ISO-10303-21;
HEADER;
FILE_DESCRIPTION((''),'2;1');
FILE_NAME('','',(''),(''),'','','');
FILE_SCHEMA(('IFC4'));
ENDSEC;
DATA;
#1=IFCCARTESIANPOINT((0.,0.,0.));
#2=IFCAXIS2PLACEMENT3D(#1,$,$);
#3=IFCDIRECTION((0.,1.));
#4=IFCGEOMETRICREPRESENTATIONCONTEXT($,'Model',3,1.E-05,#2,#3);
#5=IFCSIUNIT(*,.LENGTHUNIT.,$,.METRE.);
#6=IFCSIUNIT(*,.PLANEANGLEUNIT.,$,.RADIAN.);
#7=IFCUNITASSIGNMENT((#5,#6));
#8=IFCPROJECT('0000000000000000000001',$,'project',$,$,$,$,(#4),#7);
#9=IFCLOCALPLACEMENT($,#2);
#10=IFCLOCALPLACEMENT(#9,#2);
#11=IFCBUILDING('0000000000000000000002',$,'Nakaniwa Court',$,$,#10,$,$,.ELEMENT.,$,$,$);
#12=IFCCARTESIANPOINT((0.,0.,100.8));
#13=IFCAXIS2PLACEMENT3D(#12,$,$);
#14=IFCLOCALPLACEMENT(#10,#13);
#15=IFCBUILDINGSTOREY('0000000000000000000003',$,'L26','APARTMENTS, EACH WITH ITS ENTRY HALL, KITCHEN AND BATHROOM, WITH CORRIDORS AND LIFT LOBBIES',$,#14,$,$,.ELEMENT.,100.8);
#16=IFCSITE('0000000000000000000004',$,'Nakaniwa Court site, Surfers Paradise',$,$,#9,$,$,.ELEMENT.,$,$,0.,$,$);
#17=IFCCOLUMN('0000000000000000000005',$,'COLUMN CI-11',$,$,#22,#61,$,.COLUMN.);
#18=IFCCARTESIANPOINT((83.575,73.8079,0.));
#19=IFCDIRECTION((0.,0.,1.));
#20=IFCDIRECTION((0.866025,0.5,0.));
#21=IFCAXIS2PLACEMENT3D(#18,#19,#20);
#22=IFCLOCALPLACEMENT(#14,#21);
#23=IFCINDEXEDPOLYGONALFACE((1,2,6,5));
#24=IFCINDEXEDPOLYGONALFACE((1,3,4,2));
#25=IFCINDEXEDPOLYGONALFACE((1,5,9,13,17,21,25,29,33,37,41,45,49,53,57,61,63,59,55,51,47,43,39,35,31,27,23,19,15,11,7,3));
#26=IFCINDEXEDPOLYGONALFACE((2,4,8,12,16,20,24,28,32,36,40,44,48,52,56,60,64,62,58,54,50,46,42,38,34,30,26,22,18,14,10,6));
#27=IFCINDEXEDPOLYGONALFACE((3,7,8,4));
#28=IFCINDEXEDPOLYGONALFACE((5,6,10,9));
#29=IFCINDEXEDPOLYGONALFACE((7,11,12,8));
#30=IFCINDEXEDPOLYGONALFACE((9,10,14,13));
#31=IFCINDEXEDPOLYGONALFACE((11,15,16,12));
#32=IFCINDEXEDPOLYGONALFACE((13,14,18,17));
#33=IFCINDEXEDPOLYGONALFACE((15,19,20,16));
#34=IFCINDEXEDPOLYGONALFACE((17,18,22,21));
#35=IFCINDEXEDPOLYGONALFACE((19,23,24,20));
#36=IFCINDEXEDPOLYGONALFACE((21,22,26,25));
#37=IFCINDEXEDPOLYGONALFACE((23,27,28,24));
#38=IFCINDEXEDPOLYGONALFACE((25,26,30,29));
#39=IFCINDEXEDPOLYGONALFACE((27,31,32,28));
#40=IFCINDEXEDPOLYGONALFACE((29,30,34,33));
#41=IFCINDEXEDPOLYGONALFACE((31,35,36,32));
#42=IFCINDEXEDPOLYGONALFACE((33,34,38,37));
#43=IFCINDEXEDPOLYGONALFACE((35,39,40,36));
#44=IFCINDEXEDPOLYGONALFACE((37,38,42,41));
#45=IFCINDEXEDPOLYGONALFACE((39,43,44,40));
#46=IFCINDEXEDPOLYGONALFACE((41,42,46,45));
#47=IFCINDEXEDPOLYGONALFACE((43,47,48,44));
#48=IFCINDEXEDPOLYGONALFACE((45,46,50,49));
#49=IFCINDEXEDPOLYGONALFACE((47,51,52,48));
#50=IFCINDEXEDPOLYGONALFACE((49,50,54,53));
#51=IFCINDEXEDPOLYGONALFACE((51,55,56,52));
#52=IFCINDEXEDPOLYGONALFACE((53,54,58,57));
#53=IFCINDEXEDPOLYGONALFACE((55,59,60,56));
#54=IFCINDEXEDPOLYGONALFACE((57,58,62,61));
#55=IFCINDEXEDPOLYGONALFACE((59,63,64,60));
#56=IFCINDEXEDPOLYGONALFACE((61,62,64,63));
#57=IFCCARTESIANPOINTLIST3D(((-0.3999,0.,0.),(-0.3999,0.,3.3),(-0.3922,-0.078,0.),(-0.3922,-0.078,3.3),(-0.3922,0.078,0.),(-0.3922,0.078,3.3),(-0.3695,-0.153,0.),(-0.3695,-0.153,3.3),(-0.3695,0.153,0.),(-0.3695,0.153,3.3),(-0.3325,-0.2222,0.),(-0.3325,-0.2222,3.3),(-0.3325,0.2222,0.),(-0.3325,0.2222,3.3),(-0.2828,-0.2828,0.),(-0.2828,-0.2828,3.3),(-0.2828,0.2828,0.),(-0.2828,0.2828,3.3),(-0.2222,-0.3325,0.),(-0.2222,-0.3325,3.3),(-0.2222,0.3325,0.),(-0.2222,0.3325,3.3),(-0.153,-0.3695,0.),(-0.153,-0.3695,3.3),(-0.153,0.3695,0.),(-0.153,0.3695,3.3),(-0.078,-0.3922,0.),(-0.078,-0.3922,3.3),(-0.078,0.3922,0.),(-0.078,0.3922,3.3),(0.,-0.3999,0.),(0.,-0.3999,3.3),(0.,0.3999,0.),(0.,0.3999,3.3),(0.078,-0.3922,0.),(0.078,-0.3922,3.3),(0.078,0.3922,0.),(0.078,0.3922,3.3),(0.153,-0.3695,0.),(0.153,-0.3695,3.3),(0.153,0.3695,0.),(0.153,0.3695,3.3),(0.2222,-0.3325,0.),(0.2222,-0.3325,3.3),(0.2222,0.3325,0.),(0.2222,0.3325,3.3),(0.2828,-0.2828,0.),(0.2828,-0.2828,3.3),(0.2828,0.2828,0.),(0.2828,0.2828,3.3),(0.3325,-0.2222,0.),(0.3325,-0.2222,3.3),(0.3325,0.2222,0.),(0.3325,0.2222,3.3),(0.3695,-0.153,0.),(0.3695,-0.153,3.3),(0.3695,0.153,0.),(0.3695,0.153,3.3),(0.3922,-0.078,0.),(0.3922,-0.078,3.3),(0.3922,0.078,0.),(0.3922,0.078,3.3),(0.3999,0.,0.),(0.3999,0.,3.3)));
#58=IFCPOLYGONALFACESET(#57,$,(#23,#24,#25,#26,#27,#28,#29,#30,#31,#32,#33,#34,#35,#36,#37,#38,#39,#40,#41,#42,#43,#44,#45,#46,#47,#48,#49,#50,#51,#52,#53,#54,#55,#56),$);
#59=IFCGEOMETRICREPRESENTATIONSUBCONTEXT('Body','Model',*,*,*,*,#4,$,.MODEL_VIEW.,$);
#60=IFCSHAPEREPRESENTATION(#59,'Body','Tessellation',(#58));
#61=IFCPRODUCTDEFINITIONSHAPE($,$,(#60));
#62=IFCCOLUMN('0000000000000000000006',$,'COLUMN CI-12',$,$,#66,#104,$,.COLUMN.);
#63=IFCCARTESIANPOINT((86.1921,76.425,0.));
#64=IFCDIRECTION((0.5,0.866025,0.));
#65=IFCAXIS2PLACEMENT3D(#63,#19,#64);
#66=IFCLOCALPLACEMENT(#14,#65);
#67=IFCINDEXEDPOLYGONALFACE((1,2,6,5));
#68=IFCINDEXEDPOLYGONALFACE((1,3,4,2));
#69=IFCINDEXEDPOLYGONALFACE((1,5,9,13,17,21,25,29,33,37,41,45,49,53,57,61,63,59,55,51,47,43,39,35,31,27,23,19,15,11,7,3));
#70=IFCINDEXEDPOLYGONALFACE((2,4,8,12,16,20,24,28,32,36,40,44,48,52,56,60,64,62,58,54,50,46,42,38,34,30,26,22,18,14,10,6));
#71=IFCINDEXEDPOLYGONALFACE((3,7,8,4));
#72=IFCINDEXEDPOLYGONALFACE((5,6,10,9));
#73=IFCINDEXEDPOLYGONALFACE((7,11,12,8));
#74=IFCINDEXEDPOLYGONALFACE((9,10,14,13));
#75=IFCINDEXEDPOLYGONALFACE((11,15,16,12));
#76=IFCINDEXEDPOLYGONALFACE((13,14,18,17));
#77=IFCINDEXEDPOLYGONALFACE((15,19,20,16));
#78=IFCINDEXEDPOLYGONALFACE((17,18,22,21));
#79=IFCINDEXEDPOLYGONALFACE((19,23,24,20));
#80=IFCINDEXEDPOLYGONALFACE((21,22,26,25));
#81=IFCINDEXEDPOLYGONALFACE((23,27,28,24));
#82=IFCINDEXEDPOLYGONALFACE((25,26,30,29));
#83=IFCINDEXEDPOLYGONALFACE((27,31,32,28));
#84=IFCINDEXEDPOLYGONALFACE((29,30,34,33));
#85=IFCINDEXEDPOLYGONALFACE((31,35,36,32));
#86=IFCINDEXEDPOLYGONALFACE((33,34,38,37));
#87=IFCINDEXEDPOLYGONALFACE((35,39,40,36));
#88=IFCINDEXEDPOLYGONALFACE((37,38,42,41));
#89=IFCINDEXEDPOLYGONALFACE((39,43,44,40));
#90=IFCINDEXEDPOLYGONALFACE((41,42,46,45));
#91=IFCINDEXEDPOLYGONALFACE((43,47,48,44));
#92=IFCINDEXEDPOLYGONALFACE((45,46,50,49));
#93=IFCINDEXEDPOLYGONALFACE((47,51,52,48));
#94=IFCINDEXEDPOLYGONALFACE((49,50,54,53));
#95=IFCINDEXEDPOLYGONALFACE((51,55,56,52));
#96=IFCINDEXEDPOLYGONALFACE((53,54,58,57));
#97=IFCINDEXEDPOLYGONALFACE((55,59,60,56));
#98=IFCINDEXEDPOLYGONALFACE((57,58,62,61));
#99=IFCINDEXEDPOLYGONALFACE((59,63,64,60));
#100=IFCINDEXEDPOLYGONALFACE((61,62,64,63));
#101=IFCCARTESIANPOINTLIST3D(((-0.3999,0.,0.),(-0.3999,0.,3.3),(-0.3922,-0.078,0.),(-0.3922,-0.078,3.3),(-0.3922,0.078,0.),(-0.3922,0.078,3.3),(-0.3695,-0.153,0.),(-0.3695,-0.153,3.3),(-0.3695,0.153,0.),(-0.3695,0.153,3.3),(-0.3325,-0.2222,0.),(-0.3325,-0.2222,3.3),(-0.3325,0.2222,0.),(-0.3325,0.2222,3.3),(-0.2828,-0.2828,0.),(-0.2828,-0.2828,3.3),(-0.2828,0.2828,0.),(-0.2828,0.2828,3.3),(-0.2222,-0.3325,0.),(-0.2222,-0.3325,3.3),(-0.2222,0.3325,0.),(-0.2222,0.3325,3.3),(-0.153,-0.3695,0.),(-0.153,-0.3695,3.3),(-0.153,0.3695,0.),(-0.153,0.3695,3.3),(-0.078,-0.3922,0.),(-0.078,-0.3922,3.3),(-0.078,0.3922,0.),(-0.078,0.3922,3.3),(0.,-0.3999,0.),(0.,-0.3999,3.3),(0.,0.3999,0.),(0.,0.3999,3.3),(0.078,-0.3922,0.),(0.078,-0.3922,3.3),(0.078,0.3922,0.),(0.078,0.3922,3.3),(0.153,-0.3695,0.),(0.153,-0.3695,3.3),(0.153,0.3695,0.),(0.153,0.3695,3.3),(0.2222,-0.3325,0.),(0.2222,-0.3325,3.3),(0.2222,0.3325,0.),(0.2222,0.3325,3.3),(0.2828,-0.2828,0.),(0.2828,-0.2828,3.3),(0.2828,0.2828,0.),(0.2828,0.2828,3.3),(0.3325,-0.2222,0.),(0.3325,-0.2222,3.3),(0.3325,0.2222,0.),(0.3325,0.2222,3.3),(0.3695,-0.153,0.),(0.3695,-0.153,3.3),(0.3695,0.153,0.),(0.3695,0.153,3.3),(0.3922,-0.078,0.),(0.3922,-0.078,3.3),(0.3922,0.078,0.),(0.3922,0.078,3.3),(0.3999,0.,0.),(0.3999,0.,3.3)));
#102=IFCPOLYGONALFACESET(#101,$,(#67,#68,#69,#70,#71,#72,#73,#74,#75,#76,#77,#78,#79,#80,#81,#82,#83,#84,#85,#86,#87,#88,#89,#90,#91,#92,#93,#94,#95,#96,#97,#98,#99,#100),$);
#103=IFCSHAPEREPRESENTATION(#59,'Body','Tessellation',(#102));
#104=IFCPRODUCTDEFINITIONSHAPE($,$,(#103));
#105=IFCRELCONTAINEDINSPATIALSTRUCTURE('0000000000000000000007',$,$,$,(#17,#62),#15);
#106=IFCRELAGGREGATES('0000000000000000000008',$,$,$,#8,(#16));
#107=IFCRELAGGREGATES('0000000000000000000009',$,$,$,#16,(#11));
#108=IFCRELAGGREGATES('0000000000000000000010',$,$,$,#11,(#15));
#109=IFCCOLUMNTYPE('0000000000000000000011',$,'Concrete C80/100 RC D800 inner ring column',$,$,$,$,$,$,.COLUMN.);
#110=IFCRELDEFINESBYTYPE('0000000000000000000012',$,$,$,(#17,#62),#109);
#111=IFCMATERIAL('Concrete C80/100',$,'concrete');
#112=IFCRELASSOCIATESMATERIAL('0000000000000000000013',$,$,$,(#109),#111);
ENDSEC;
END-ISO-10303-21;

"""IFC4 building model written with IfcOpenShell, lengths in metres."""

from ifc_helpers import new_model, si_unit, direction, frame, origin, origin_2d, place, context, subcontext, project, spatial, circle, extrude, material, material_profile, profile_set, type_object, element, save


model = new_model("IFC4")

# Units and contexts
model_context = context("Model", 3, precision=1e-05, world=origin(), true_north=direction((0.0, 1.0)))
body_context = subcontext(model_context, "Body", "Model", "MODEL_VIEW")
ifc_project = project(units=[si_unit("LENGTHUNIT", "METRE"), si_unit("PLANEANGLEUNIT", "RADIAN")], contexts=[model_context])

# Site, building, storey
site_placement = place(None, origin())
site = spatial("IfcSite", under=ifc_project, at=site_placement, Name="Nakaniwa Court site, Surfers Paradise", CompositionType="ELEMENT", RefElevation=0.0)
building_placement = place(site_placement, origin())
building = spatial("IfcBuilding", under=site, at=building_placement, Name="Nakaniwa Court", CompositionType="ELEMENT")
storey_placement = place(building_placement, frame((0.0, 0.0, 100.8)))
storey = spatial("IfcBuildingStorey", under=building, at=storey_placement, Name="L26", Description="APARTMENTS, EACH WITH ITS ENTRY HALL, KITCHEN AND BATHROOM, WITH CORRIDORS AND LIFT LOBBIES", CompositionType="ELEMENT", Elevation=100.8)

# Columns
ifc_material_1 = material(Name="Concrete C80/100", Category="concrete")
ifc_material_profile_1 = material_profile(ifc_material_1, circle(Radius=0.3999, at=origin_2d()), Name="Concrete C80/100 RC D800 inner ring column")
ifc_profile_set_1 = profile_set([ifc_material_profile_1], Name="Concrete C80/100")
column_type = type_object("IfcColumnType", Name="Concrete C80/100 RC D800 inner ring column", PredefinedType="COLUMN", material=ifc_profile_set_1)
for number, where, z_axis, x_axis, name in (
    (1, (83.575, 73.8079, 0.0), (0.0, 0.0, 1.0), (0.866025, 0.5, 0.0), "COLUMN CI-11"),
    (2, (86.1921, 76.425, 0.0), (0.0, 0.0, 1.0), (0.5, 0.866025, 0.0), "COLUMN CI-12"),
):
    element("IfcColumn", number, at=place(storey_placement, frame(where, z_axis=z_axis, x_axis=x_axis)), inside=storey, type_object=column_type, Name=name, PredefinedType="COLUMN", context=body_context, shape_type="SweptSolid", body=[
        extrude(circle(Radius=0.3999, at=origin_2d()), origin(), (0.0, 0.0, 1.0), 3.3),
    ])

save(model, "model.ifc")
